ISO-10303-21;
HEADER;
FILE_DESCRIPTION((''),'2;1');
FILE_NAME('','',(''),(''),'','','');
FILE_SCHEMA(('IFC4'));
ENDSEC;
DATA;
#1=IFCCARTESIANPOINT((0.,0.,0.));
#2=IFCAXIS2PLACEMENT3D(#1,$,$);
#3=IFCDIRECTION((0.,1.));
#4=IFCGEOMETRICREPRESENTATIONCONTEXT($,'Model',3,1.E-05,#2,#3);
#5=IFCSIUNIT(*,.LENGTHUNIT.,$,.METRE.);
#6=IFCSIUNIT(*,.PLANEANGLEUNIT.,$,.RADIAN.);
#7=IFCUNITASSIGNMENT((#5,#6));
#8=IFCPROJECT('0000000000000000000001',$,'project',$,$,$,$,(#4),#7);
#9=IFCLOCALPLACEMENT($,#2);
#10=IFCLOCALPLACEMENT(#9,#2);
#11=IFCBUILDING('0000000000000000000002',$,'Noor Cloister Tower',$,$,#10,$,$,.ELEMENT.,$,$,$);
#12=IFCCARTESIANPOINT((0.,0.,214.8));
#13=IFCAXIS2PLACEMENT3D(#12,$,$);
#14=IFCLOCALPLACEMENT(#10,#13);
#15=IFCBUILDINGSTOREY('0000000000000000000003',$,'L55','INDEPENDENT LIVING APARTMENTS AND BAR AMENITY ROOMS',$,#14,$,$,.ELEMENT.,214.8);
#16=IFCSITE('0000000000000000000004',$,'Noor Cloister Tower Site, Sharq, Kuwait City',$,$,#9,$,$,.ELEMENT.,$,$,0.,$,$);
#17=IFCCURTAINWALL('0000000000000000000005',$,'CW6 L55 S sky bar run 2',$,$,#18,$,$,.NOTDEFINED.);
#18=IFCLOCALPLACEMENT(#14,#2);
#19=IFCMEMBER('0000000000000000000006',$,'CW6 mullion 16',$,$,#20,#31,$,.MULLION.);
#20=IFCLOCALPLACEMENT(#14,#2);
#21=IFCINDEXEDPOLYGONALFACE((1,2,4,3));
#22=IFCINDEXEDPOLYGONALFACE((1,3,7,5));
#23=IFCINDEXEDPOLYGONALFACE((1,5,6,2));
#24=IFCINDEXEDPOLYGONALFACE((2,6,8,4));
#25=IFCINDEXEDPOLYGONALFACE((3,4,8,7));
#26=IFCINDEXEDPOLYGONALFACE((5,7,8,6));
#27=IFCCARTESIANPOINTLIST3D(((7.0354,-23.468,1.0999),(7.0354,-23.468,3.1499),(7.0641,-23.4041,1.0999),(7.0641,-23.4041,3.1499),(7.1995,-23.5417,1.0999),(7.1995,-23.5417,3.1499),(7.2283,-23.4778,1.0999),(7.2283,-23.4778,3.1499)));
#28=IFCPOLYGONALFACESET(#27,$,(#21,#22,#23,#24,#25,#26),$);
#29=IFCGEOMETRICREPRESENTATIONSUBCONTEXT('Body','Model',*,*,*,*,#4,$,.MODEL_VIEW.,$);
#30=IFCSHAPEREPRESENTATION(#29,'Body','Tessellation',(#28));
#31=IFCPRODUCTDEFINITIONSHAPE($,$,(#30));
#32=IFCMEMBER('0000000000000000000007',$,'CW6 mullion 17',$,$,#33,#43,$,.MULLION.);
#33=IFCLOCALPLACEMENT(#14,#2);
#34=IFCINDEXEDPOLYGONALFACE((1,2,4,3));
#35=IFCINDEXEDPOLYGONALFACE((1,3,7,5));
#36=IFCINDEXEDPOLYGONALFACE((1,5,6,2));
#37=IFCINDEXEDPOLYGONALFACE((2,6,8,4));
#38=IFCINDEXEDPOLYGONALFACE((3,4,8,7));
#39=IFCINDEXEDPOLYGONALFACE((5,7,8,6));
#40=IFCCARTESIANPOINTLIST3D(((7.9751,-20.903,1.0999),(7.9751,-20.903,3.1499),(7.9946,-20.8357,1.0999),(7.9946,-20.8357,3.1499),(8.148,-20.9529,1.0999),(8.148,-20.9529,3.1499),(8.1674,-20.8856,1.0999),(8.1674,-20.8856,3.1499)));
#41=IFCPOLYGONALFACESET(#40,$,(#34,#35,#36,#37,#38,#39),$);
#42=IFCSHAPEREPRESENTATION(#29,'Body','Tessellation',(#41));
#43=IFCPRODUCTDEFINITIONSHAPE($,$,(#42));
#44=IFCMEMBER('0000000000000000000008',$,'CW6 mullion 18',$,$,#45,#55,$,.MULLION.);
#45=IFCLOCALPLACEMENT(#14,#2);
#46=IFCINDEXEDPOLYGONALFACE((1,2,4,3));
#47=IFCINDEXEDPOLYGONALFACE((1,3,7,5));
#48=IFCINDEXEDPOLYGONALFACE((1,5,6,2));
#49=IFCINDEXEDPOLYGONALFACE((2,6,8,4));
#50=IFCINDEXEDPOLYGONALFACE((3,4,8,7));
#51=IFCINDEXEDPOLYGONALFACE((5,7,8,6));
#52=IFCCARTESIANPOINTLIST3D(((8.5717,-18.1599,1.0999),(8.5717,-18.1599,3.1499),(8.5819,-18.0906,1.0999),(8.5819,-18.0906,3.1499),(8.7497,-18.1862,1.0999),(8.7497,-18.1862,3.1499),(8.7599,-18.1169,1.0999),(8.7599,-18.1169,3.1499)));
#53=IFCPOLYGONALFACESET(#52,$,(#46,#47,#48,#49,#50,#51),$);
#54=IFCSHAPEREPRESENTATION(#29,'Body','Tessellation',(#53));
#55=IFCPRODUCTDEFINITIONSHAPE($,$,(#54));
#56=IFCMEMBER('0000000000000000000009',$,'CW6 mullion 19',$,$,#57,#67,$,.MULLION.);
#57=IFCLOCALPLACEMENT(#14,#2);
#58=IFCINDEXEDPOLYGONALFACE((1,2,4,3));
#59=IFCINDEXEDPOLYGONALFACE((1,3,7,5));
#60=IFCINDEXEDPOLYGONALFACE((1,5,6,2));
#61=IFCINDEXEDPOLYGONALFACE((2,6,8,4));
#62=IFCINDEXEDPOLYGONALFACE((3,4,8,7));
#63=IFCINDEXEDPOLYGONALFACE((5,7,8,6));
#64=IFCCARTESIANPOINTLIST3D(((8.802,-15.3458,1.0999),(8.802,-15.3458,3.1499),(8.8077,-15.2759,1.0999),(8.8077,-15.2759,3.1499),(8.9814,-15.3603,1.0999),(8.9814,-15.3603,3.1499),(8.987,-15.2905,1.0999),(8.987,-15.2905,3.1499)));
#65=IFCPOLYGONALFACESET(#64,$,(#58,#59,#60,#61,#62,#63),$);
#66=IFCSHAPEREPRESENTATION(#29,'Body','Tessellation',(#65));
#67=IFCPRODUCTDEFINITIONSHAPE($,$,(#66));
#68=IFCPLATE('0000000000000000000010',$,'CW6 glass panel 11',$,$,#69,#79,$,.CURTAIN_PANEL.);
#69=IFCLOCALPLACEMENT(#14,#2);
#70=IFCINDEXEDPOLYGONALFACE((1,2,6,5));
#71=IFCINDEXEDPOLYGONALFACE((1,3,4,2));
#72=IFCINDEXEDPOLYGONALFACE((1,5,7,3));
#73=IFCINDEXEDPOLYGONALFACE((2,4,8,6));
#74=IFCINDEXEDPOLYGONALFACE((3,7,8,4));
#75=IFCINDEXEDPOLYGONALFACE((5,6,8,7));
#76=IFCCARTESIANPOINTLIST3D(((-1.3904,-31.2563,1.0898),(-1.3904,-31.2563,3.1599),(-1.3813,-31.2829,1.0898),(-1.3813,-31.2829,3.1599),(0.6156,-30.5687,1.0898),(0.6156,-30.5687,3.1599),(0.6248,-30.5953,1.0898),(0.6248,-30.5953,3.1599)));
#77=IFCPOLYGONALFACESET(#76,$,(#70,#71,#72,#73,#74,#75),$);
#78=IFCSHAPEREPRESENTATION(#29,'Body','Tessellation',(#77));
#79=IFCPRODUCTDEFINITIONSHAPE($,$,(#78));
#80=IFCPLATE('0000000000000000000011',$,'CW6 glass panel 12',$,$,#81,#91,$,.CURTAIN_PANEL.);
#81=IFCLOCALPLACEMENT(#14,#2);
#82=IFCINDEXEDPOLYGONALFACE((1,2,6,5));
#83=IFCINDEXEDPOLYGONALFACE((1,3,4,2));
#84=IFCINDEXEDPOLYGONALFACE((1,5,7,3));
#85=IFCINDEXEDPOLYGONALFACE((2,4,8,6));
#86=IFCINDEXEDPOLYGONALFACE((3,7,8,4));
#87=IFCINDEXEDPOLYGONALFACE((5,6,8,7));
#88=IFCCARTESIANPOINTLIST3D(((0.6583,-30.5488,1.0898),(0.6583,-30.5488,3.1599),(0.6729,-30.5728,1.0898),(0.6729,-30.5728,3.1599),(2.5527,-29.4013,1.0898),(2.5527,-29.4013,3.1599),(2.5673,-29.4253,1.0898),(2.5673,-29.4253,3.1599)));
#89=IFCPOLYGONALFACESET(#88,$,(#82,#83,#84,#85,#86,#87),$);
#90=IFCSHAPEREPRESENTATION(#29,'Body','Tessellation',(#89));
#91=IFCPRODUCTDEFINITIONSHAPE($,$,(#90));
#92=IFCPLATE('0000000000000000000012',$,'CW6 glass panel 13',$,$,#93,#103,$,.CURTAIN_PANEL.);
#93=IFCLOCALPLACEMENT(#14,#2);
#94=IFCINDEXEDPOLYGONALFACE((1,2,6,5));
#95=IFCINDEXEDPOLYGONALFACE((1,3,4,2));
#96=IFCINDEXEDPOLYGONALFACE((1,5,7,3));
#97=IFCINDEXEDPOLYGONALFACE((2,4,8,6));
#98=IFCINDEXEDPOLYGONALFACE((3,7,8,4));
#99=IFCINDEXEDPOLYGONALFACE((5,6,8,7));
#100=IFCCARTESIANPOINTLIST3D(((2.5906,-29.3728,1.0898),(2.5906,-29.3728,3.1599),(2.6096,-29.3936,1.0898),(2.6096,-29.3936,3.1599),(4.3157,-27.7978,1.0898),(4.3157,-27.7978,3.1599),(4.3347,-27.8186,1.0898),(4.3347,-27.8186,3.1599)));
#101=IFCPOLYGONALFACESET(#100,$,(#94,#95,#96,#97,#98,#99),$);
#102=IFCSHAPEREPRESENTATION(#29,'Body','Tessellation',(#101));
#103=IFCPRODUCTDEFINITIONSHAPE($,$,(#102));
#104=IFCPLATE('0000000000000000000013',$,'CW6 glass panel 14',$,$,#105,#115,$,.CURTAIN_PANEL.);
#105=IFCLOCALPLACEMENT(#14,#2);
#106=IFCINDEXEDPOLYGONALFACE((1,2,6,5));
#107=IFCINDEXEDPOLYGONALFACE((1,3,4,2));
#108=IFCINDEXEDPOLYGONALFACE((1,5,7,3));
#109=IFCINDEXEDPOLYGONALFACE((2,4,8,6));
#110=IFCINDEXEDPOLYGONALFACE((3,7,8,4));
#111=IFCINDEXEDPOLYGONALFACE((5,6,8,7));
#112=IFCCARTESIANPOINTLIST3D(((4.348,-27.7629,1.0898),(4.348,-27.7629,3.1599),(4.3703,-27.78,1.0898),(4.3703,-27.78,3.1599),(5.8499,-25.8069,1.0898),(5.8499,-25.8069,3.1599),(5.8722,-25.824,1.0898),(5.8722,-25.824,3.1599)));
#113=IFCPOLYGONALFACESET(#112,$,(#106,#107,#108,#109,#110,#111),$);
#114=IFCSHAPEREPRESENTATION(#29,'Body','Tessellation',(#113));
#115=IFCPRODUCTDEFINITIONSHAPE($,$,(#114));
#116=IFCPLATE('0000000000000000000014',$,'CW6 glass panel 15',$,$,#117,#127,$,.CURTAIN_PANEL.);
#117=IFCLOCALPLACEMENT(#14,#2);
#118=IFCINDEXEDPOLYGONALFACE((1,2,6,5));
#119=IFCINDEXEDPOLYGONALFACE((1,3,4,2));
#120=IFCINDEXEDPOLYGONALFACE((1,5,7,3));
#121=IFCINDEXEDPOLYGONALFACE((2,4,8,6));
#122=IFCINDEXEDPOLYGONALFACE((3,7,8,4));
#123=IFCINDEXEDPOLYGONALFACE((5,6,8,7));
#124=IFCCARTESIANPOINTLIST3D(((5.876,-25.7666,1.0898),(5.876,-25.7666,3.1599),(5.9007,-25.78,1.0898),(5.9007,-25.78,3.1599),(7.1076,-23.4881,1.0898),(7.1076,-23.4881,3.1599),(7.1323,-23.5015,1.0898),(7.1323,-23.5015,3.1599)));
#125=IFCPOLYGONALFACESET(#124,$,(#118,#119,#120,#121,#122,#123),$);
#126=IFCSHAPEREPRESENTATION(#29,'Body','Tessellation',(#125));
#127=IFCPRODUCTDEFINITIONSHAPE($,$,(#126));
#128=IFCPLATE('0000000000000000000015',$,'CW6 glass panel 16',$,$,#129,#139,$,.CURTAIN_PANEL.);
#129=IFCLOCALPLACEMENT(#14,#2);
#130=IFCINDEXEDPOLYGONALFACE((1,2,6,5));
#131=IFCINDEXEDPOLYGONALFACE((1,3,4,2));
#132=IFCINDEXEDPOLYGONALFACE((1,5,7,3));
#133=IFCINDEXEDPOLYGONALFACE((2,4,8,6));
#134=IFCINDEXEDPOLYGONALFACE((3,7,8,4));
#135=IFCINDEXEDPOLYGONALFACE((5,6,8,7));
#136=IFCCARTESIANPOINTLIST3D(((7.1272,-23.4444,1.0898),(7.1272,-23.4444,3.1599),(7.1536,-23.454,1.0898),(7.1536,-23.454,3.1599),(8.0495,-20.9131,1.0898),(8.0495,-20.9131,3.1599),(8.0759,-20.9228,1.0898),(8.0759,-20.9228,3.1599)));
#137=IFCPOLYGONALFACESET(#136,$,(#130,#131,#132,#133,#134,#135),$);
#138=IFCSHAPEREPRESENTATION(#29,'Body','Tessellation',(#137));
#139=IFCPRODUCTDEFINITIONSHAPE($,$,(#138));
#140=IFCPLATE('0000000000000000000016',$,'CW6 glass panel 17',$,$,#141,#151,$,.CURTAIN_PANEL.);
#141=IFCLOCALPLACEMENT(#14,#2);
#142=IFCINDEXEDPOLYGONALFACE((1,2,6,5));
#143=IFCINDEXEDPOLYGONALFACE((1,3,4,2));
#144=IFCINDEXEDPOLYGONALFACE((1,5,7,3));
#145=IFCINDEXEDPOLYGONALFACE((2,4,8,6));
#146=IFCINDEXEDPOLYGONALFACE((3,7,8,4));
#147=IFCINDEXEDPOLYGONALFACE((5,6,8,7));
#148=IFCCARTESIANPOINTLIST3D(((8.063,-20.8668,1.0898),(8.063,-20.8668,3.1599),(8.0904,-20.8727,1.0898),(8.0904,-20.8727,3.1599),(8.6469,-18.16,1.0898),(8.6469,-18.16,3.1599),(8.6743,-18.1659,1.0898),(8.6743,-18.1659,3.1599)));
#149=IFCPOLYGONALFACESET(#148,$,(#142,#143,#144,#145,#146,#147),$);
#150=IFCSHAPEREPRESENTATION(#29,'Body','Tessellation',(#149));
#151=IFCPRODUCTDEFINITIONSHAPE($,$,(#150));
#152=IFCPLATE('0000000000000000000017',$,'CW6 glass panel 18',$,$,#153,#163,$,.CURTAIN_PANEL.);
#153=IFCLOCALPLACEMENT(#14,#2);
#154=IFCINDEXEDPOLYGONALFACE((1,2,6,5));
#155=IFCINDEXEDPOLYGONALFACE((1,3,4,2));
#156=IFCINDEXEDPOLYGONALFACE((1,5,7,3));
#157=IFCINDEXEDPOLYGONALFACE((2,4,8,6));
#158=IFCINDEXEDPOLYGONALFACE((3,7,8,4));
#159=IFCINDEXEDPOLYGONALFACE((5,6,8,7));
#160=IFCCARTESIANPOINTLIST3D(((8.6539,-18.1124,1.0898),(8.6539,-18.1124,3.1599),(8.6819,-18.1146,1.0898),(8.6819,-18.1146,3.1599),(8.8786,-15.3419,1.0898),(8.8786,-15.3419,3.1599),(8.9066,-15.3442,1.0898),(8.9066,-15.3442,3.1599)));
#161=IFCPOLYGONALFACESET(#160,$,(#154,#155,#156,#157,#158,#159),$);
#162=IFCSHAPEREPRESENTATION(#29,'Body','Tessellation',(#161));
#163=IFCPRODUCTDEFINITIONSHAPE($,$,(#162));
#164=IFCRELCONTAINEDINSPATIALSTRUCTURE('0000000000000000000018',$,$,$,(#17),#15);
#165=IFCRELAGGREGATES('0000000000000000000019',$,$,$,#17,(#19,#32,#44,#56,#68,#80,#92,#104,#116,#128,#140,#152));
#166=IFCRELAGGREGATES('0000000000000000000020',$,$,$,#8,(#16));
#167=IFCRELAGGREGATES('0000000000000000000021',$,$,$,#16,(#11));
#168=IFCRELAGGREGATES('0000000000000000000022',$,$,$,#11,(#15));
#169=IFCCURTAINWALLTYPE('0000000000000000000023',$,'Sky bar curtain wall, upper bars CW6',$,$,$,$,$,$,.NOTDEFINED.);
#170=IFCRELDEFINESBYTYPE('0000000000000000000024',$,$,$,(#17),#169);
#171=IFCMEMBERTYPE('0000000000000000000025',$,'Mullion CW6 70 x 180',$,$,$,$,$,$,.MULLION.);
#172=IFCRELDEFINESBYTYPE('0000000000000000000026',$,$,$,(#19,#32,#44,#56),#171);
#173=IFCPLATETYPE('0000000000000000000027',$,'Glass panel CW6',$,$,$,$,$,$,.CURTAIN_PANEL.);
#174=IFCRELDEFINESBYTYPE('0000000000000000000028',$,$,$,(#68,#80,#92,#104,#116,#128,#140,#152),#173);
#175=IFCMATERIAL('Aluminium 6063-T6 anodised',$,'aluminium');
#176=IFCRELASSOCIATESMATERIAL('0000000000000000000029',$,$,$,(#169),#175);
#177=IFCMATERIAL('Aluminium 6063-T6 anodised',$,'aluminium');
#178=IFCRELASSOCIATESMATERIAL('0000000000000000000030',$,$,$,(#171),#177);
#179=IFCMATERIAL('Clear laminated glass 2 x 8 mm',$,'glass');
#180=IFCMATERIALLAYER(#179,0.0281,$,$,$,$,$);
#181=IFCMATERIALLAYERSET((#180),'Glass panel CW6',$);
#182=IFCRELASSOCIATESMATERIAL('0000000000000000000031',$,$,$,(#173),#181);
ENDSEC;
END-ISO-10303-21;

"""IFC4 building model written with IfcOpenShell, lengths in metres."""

from ifc_helpers import new_model, si_unit, direction, frame, origin, origin_2d, place, context, subcontext, project, spatial, rectangle, extrude, material, layer, layer_set, material_profile, profile_set, type_object, element, aggregate, save


model = new_model("IFC4")

# Units and contexts
model_context = context("Model", 3, precision=1e-05, world=origin(), true_north=direction((0.0, 1.0)))
body_context = subcontext(model_context, "Body", "Model", "MODEL_VIEW")
ifc_project = project(units=[si_unit("LENGTHUNIT", "METRE"), si_unit("PLANEANGLEUNIT", "RADIAN")], contexts=[model_context])

# Site, building, storey
site_placement = place(None, origin())
site = spatial("IfcSite", under=ifc_project, at=site_placement, Name="Noor Cloister Tower Site, Sharq, Kuwait City", CompositionType="ELEMENT", RefElevation=0.0)
building_placement = place(site_placement, origin())
building = spatial("IfcBuilding", under=site, at=building_placement, Name="Noor Cloister Tower", CompositionType="ELEMENT")
storey_placement = place(building_placement, frame((0.0, 0.0, 214.8)))
storey = spatial("IfcBuildingStorey", under=building, at=storey_placement, Name="L55", Description="INDEPENDENT LIVING APARTMENTS AND BAR AMENITY ROOMS", CompositionType="ELEMENT", Elevation=214.8)

# Curtain wall, members, plates
ifc_material_1 = material(Name="Aluminium 6063-T6 anodised", Category="aluminium")
curtain_wall_type_1 = type_object("IfcCurtainWallType", Name="Sky bar curtain wall, upper bars CW6", PredefinedType="NOTDEFINED", material=ifc_material_1)
curtain_wall_1_placement = place(storey_placement, origin())
curtain_wall_1 = element("IfcCurtainWall", 1, at=curtain_wall_1_placement, inside=storey, type_object=curtain_wall_type_1, Name="CW6 L55 S sky bar run 2", PredefinedType="NOTDEFINED")
ifc_material_2 = material(Name="Aluminium 6063-T6 anodised", Category="aluminium")
ifc_material_profile_1 = material_profile(ifc_material_2, rectangle(XDim=0.1799, YDim=0.0701, at=origin_2d()), Name="180 x 70 mullion")
ifc_profile_set_1 = profile_set([ifc_material_profile_1], Name="Aluminium 6063-T6 anodised")
member_type_1 = type_object("IfcMemberType", Name="Mullion CW6 70 x 180", PredefinedType="MULLION", material=ifc_profile_set_1)
member_1_placement = place(storey_placement, frame((7.1318, -23.4729, 1.0999), z_axis=(0.0, 0.0, 1.0), x_axis=(-0.91207, 0.410035, 0.0)))
member_1 = element("IfcMember", 2, at=member_1_placement, type_object=member_type_1, Name="CW6 mullion 16", PredefinedType="MULLION", context=body_context, shape_type="SweptSolid", body=[
    extrude(rectangle(XDim=0.1799, YDim=0.0701, at=origin_2d()), origin(), (0.0, 0.0, 1.0), 2.05),
])
member_2_placement = place(storey_placement, frame((8.0713, -20.8943, 1.0999), z_axis=(0.0, 0.0, 1.0), x_axis=(-0.960795, 0.277261, 0.0)))
member_2 = element("IfcMember", 3, at=member_2_placement, type_object=member_type_1, Name="CW6 mullion 17", PredefinedType="MULLION", context=body_context, shape_type="SweptSolid", body=[
    extrude(rectangle(XDim=0.1799, YDim=0.0701, at=origin_2d()), origin(), (0.0, 0.0, 1.0), 2.05),
])
member_3_placement = place(storey_placement, frame((8.6658, -18.1384, 1.0999), z_axis=(0.0, 0.0, 1.0), x_axis=(-0.98926, 0.146169, 0.0)))
member_3 = element("IfcMember", 4, at=member_3_placement, type_object=member_type_1, Name="CW6 mullion 18", PredefinedType="MULLION", context=body_context, shape_type="SweptSolid", body=[
    extrude(rectangle(XDim=0.1799, YDim=0.0701, at=origin_2d()), origin(), (0.0, 0.0, 1.0), 2.05),
])
member_4_placement = place(storey_placement, frame((8.8945, -15.3181, 1.0999), z_axis=(0.0, 0.0, 1.0), x_axis=(-0.996728, 0.080834, 0.0)))
member_4 = element("IfcMember", 5, at=member_4_placement, type_object=member_type_1, Name="CW6 mullion 19", PredefinedType="MULLION", context=body_context, shape_type="SweptSolid", body=[
    extrude(rectangle(XDim=0.1799, YDim=0.0701, at=origin_2d()), origin(), (0.0, 0.0, 1.0), 2.05),
])
ifc_material_3 = material(Name="Clear laminated glass 2 x 8 mm", Category="glass")
ifc_layer_1 = layer(ifc_material_3, 0.0281)
ifc_layer_set_1 = layer_set([ifc_layer_1], Name="Glass panel CW6")
plate_type = type_object("IfcPlateType", Name="Glass panel CW6", PredefinedType="CURTAIN_PANEL", material=ifc_layer_set_1)
plate_1_placement = place(storey_placement, frame((-0.3828, -30.9258, 1.0898), z_axis=(0.0, 0.0, 1.0), x_axis=(0.94597, 0.324256, 0.0)))
plate_1 = element("IfcPlate", 6, at=plate_1_placement, type_object=plate_type, Name="CW6 glass panel 11", PredefinedType="CURTAIN_PANEL", context=body_context, shape_type="SweptSolid", body=[
    extrude(rectangle(XDim=2.1206, YDim=0.0281, at=origin_2d()), origin(), (0.0, 0.0, 1.0), 2.0701),
])
plate_2_placement = place(storey_placement, frame((1.6128, -29.9871, 1.0898), z_axis=(0.0, 0.0, 1.0), x_axis=(0.855314, 0.51811, 0.0)))
plate_2 = element("IfcPlate", 7, at=plate_2_placement, type_object=plate_type, Name="CW6 glass panel 12", PredefinedType="CURTAIN_PANEL", context=body_context, shape_type="SweptSolid", body=[
    extrude(rectangle(XDim=2.2148, YDim=0.0281, at=origin_2d()), origin(), (0.0, 0.0, 1.0), 2.0701),
])
plate_3_placement = place(storey_placement, frame((3.4626, -28.5957, 1.0898), z_axis=(0.0, 0.0, 1.0), x_axis=(0.738502, 0.674252, 0.0)))
plate_3 = element("IfcPlate", 8, at=plate_3_placement, type_object=plate_type, Name="CW6 glass panel 13", PredefinedType="CURTAIN_PANEL", context=body_context, shape_type="SweptSolid", body=[
    extrude(rectangle(XDim=2.3359, YDim=0.0281, at=origin_2d()), origin(), (0.0, 0.0, 1.0), 2.0701),
])
plate_4_placement = place(storey_placement, frame((5.1101, -26.7935, 1.0898), z_axis=(0.0, 0.0, 1.0), x_axis=(0.609017, 0.793157, 0.0)))
plate_4 = element("IfcPlate", 9, at=plate_4_placement, type_object=plate_type, Name="CW6 glass panel 14", PredefinedType="CURTAIN_PANEL", context=body_context, shape_type="SweptSolid", body=[
    extrude(rectangle(XDim=2.4661, YDim=0.0281, at=origin_2d()), origin(), (0.0, 0.0, 1.0), 2.0701),
])
plate_5_placement = place(storey_placement, frame((6.5042, -24.634, 1.0898), z_axis=(0.0, 0.0, 1.0), x_axis=(0.47553, 0.879699, 0.0)))
plate_5 = element("IfcPlate", 10, at=plate_5_placement, type_object=plate_type, Name="CW6 glass panel 15", PredefinedType="CURTAIN_PANEL", context=body_context, shape_type="SweptSolid", body=[
    extrude(rectangle(XDim=2.5901, YDim=0.0281, at=origin_2d()), origin(), (0.0, 0.0, 1.0), 2.0701),
])
plate_6_placement = place(storey_placement, frame((7.6016, -22.1836, 1.0898), z_axis=(0.0, 0.0, 1.0), x_axis=(0.342351, 0.939572, 0.0)))
plate_6 = element("IfcPlate", 11, at=plate_6_placement, type_object=plate_type, Name="CW6 glass panel 16", PredefinedType="CURTAIN_PANEL", context=body_context, shape_type="SweptSolid", body=[
    extrude(rectangle(XDim=2.6941, YDim=0.0281, at=origin_2d()), origin(), (0.0, 0.0, 1.0), 2.0701),
])
plate_7_placement = place(storey_placement, frame((8.3687, -19.5164, 1.0898), z_axis=(0.0, 0.0, 1.0), x_axis=(0.210872, 0.977514, 0.0)))
plate_7 = element("IfcPlate", 12, at=plate_7_placement, type_object=plate_type, Name="CW6 glass panel 17", PredefinedType="CURTAIN_PANEL", context=body_context, shape_type="SweptSolid", body=[
    extrude(rectangle(XDim=2.769, YDim=0.0281, at=origin_2d()), origin(), (0.0, 0.0, 1.0), 2.0701),
])
plate_8_placement = place(storey_placement, frame((8.7803, -16.7283, 1.0898), z_axis=(0.0, 0.0, 1.0), x_axis=(0.080834, 0.996728, 0.0)))
plate_8 = element("IfcPlate", 13, at=plate_8_placement, type_object=plate_type, Name="CW6 glass panel 18", PredefinedType="CURTAIN_PANEL", context=body_context, shape_type="SweptSolid", body=[
    extrude(rectangle(XDim=2.7795, YDim=0.0281, at=origin_2d()), origin(), (0.0, 0.0, 1.0), 2.0701),
])
aggregate(curtain_wall_1, [member_1, member_2, member_3, member_4, plate_1, plate_2, plate_3, plate_4, plate_5, plate_6, plate_7, plate_8])

save(model, "model.ifc")
